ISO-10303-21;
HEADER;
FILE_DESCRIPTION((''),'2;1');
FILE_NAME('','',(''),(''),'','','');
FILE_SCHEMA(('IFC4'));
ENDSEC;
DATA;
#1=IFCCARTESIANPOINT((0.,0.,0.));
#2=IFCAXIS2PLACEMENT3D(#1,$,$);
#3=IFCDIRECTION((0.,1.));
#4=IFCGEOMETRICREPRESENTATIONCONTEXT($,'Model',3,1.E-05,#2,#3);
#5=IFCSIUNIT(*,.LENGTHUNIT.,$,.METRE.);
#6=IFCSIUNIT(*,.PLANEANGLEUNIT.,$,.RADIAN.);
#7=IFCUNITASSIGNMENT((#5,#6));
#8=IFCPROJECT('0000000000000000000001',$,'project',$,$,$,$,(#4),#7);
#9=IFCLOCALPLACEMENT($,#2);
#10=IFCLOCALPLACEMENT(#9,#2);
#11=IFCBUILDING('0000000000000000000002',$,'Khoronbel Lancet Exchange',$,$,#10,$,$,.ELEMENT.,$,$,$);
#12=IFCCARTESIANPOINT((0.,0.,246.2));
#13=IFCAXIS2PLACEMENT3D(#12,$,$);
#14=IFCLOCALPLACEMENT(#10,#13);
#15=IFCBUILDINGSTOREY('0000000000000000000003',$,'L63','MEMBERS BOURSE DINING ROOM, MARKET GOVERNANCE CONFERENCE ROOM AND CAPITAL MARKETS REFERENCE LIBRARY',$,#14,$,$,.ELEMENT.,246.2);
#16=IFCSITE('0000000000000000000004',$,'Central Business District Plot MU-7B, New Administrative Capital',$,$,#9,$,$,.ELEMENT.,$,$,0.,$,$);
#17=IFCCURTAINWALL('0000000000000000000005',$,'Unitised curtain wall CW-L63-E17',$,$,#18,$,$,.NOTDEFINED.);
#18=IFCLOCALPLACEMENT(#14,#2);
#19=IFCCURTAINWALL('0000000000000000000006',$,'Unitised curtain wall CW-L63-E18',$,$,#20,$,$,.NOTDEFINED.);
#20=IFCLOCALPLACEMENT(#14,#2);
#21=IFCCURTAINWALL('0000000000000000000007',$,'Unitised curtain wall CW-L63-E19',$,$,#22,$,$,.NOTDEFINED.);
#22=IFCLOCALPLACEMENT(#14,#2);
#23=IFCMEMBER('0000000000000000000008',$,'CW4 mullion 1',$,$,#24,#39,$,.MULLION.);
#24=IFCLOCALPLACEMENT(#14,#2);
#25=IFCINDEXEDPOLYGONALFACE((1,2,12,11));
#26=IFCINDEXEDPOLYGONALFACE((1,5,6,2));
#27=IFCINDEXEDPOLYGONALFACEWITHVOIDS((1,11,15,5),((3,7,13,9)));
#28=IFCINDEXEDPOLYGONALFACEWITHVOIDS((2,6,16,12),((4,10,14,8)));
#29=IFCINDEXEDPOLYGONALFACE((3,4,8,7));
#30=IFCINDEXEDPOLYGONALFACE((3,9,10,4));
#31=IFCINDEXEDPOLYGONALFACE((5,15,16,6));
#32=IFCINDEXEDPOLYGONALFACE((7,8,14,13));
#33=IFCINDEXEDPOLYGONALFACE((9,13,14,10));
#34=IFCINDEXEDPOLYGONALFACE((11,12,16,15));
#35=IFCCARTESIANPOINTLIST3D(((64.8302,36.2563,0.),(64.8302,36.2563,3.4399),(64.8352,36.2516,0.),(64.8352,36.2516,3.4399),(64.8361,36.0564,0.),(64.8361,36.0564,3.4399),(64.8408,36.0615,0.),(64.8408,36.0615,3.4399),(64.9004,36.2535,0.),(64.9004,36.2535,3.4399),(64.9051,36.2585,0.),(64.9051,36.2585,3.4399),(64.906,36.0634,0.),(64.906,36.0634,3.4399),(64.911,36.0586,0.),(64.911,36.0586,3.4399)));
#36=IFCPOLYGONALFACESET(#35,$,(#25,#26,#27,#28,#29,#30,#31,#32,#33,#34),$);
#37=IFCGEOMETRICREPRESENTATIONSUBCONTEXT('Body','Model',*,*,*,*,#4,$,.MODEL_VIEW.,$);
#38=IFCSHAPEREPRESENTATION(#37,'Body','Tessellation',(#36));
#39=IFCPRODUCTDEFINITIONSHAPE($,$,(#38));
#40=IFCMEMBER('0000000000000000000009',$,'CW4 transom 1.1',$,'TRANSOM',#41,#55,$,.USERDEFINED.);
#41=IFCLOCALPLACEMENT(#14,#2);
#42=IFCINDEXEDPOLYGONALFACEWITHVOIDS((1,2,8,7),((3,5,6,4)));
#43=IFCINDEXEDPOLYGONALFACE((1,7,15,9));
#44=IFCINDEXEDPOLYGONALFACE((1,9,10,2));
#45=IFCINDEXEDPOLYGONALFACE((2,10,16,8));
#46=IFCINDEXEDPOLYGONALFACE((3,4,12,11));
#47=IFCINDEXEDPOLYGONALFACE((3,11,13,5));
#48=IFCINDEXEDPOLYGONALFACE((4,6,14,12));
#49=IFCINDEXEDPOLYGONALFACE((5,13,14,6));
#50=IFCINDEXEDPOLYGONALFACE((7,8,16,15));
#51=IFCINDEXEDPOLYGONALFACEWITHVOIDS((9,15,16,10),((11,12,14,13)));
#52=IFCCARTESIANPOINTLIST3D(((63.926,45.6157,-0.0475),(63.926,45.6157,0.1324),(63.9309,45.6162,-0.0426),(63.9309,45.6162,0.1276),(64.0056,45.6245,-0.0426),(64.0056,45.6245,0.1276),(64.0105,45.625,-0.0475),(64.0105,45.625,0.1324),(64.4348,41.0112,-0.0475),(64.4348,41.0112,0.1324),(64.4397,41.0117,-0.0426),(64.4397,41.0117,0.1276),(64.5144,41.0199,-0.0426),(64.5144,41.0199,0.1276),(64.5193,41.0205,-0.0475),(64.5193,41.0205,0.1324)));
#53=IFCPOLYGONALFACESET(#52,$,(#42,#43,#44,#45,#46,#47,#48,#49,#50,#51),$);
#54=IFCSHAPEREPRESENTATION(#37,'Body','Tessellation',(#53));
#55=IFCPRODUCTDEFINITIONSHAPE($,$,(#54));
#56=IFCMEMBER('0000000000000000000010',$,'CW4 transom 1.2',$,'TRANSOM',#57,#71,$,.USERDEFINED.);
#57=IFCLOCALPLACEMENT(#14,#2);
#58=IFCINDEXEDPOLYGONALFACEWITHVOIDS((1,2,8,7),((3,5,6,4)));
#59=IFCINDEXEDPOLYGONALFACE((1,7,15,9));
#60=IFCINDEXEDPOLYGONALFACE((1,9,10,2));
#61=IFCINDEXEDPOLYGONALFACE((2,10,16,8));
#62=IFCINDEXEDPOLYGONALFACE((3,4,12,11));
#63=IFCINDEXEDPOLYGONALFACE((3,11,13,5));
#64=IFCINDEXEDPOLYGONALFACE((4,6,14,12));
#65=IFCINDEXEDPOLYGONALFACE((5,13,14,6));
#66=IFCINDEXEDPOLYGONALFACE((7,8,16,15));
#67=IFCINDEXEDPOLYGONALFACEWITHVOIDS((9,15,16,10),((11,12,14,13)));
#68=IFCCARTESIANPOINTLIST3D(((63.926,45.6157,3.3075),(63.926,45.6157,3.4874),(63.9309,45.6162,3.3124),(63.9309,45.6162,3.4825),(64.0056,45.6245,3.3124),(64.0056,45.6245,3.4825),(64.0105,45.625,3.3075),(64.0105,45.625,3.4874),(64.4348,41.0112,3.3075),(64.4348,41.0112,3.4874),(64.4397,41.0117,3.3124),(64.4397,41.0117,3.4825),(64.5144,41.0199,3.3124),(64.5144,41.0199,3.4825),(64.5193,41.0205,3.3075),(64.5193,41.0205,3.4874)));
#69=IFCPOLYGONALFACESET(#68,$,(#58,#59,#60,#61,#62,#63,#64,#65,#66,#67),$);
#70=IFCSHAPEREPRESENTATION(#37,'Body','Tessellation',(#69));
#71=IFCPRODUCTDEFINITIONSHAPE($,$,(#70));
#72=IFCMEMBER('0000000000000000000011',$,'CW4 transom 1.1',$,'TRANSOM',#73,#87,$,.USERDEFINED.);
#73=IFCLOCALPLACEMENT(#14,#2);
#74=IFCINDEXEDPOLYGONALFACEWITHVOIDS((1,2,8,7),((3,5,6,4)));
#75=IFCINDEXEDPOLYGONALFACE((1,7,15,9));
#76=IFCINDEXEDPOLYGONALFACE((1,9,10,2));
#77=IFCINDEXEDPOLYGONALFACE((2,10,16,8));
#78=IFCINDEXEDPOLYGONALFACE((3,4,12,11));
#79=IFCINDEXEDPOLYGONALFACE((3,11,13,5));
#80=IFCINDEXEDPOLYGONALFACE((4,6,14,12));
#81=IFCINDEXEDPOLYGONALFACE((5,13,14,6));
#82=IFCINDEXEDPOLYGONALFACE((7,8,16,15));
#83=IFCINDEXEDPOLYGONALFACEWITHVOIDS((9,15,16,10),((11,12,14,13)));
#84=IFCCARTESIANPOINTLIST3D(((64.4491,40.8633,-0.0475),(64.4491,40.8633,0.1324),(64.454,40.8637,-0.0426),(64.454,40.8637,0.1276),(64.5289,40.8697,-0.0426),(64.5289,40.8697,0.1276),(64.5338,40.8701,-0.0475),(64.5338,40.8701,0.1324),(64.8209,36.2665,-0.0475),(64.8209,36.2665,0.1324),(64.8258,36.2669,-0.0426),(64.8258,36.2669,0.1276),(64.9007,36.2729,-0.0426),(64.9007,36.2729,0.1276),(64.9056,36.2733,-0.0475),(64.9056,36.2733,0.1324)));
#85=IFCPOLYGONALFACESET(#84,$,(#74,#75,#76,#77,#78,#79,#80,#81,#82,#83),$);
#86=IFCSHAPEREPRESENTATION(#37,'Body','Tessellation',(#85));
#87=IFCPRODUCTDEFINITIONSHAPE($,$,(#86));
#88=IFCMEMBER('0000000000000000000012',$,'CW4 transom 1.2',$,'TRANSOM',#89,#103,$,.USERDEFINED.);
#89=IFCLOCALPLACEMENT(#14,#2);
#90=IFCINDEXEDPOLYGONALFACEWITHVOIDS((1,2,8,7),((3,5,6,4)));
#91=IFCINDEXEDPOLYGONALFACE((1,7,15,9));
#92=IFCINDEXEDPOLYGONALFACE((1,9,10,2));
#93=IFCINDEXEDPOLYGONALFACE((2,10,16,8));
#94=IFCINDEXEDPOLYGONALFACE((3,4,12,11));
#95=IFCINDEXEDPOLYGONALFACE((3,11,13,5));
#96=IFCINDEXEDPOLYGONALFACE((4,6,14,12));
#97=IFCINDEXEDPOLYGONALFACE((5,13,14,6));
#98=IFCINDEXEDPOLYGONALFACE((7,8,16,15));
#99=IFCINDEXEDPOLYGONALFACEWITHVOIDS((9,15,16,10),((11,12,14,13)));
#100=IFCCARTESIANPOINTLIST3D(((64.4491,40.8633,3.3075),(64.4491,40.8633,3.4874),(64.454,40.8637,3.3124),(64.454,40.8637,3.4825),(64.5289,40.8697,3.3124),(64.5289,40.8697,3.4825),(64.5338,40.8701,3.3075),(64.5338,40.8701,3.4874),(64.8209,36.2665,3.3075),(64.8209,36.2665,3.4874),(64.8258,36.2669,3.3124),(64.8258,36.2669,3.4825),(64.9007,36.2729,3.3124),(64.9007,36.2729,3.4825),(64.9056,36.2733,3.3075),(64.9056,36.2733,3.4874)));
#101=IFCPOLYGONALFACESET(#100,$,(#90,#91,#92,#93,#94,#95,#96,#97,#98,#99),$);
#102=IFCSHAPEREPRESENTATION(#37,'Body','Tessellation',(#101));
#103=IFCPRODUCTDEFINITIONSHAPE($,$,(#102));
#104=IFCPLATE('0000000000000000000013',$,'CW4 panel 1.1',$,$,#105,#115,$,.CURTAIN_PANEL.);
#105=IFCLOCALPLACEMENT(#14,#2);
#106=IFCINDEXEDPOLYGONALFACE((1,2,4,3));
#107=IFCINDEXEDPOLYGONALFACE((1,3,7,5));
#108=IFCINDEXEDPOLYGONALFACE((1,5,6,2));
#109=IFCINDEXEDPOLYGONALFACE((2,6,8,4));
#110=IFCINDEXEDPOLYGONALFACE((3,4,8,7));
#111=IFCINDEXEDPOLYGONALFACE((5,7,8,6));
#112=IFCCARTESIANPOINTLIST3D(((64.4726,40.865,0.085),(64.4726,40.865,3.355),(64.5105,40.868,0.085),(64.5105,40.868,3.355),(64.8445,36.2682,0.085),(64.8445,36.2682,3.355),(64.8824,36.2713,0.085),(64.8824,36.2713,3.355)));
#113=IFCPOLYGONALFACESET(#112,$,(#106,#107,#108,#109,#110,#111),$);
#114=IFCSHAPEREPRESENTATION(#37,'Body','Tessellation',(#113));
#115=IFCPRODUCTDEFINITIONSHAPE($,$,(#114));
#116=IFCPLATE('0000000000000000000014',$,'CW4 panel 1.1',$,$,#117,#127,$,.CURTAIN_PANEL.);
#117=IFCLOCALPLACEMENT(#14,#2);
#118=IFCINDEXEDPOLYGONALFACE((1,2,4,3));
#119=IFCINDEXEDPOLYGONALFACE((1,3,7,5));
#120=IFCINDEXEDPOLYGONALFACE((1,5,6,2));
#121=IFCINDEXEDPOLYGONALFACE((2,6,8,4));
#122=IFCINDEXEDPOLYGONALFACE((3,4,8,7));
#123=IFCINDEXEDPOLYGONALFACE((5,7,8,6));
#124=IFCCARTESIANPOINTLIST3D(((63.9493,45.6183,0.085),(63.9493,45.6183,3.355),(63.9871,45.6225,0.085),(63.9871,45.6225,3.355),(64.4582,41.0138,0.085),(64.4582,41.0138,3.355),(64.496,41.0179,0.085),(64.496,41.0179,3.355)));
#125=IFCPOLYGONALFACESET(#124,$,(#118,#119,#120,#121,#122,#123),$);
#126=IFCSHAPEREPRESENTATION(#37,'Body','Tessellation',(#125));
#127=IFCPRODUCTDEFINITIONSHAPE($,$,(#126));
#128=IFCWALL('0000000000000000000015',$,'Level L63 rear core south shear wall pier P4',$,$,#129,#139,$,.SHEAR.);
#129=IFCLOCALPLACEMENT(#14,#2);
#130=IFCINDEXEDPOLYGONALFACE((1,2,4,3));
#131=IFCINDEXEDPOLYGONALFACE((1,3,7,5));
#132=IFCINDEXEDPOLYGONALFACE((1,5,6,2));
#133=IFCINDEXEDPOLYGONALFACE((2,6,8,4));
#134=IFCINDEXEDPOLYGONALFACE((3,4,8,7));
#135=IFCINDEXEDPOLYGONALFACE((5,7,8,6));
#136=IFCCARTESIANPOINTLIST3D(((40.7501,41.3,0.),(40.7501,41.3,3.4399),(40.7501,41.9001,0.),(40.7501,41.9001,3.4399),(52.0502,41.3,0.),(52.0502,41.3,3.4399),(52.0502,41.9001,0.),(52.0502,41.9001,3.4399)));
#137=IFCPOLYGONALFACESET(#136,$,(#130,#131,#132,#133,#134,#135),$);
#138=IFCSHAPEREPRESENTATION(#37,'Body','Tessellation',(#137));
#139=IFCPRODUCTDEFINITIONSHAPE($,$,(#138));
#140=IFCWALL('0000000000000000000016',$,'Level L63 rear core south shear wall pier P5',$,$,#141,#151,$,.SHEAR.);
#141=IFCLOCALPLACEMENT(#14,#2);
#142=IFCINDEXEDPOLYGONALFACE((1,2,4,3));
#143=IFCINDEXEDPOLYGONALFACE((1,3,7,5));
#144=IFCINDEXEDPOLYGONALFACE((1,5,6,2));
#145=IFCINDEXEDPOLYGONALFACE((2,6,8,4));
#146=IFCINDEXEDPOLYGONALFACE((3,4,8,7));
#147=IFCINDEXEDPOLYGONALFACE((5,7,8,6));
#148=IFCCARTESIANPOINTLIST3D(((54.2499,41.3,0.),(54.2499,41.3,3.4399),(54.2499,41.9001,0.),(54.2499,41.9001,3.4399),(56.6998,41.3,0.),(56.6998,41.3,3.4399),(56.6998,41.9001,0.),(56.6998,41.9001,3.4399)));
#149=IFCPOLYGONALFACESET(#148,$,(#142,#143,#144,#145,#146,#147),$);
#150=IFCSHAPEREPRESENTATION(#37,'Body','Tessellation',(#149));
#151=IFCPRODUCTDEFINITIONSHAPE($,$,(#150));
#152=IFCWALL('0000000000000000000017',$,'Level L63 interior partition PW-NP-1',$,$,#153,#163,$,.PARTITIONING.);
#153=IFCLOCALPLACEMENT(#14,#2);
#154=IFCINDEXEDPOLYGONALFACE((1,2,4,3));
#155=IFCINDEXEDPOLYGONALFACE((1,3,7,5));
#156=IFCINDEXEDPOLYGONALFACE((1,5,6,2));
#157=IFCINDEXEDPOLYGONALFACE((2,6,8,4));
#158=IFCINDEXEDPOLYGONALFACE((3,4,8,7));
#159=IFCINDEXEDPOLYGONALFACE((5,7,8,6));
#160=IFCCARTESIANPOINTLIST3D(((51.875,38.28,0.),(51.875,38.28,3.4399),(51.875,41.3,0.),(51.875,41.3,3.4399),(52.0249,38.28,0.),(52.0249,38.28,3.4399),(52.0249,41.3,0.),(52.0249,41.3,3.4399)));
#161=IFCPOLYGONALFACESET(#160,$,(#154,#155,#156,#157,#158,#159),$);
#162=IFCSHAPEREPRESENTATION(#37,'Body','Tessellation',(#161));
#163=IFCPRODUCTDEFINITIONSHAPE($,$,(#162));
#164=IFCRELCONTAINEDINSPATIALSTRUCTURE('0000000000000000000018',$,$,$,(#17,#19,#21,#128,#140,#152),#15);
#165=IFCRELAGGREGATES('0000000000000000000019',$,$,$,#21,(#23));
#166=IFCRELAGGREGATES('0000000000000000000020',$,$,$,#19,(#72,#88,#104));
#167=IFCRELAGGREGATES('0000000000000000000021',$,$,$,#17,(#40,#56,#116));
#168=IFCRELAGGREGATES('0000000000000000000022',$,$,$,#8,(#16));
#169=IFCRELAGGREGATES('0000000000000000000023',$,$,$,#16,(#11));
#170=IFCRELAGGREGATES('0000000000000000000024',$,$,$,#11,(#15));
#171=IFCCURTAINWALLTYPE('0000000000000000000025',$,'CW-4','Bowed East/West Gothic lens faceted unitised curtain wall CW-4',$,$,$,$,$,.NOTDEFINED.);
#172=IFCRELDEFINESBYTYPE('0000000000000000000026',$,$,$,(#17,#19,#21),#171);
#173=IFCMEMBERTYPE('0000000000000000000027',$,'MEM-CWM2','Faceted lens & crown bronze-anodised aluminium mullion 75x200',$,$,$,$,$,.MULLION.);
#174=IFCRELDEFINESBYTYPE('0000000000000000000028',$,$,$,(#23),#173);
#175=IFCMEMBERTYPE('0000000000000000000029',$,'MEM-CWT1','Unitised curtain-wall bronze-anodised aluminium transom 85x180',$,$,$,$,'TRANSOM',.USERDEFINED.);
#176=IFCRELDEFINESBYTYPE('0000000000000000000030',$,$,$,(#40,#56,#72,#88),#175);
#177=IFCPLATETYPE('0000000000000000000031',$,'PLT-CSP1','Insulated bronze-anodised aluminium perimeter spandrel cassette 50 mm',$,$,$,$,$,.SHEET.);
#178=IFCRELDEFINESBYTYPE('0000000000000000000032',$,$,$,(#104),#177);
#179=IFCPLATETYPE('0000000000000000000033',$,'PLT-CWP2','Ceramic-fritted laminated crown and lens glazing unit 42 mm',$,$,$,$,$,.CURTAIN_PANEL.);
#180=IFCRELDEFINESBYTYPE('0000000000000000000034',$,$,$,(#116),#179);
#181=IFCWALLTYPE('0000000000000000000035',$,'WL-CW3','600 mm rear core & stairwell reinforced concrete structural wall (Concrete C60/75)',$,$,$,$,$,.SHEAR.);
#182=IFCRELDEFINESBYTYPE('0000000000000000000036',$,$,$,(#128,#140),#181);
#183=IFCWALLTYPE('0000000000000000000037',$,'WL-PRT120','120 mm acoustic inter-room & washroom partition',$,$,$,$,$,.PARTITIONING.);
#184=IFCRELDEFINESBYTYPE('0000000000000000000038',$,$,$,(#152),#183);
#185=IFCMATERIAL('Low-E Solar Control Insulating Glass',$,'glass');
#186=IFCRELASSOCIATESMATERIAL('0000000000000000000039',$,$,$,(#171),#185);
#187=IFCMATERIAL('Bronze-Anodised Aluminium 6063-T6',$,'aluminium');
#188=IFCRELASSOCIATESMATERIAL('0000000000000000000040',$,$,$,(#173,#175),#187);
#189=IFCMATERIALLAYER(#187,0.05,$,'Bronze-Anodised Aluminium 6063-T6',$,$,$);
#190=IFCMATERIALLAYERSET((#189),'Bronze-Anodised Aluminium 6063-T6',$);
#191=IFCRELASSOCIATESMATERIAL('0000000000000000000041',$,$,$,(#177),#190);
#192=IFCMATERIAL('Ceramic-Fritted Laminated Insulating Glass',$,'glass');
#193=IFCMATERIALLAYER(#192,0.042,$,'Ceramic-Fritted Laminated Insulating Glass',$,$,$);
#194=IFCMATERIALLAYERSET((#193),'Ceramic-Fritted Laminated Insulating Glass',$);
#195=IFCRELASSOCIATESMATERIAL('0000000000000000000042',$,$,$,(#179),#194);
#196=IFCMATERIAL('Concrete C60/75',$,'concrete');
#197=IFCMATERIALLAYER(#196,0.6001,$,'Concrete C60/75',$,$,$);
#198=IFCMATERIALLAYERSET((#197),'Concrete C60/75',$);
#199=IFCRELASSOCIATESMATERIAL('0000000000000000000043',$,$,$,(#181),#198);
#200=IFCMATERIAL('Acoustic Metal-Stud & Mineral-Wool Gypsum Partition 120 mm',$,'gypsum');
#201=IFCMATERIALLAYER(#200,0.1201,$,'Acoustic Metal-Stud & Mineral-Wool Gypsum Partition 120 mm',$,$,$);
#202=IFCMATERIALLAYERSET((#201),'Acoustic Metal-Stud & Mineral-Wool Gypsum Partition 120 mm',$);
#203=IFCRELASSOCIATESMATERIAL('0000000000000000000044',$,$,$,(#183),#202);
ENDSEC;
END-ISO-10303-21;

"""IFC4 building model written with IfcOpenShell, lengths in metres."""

from ifc_helpers import new_model, si_unit, direction, frame, frame_2d, origin, origin_2d, place, context, subcontext, project, spatial, rectangle, hollow_rectangle, extrude, material, layer, layer_set, material_profile, profile_set, type_object, element, aggregate, save


model = new_model("IFC4")

# Units and contexts
model_context = context("Model", 3, precision=1e-05, world=origin(), true_north=direction((0.0, 1.0)))
body_context = subcontext(model_context, "Body", "Model", "MODEL_VIEW")
ifc_project = project(units=[si_unit("LENGTHUNIT", "METRE"), si_unit("PLANEANGLEUNIT", "RADIAN")], contexts=[model_context])

# Site, building, storey
site_placement = place(None, origin())
site = spatial("IfcSite", under=ifc_project, at=site_placement, Name="Central Business District Plot MU-7B, New Administrative Capital", CompositionType="ELEMENT", RefElevation=0.0)
building_placement = place(site_placement, origin())
building = spatial("IfcBuilding", under=site, at=building_placement, Name="Khoronbel Lancet Exchange", CompositionType="ELEMENT")
storey_placement = place(building_placement, frame((0.0, 0.0, 246.2)))
storey = spatial("IfcBuildingStorey", under=building, at=storey_placement, Name="L63", Description="MEMBERS BOURSE DINING ROOM, MARKET GOVERNANCE CONFERENCE ROOM AND CAPITAL MARKETS REFERENCE LIBRARY", CompositionType="ELEMENT", Elevation=246.2)

# Shared definitions
ifc_material_1 = material(Name="Concrete C60/75", Category="concrete")

# Curtain walls
ifc_material_2 = material(Name="Low-E Solar Control Insulating Glass", Category="glass")
curtain_wall_type = type_object("IfcCurtainWallType", Name="CW-4", Description="Bowed East/West Gothic lens faceted unitised curtain wall CW-4", PredefinedType="NOTDEFINED", material=ifc_material_2)
curtain_wall_1_placement = place(storey_placement, origin())
curtain_wall_1 = element("IfcCurtainWall", 1, at=curtain_wall_1_placement, inside=storey, type_object=curtain_wall_type, Name="Unitised curtain wall CW-L63-E17", PredefinedType="NOTDEFINED")
ifc_material_3 = material(Name="Bronze-Anodised Aluminium 6063-T6", Category="aluminium")
ifc_material_profile_1 = material_profile(ifc_material_3, hollow_rectangle(XDim=0.075, YDim=0.2, WallThickness=0.0049, at=origin_2d()), Name="ALU MULLION 75x200")
ifc_profile_set_1 = profile_set([ifc_material_profile_1], Name="Bronze-Anodised Aluminium 6063-T6")
member_type_1 = type_object("IfcMemberType", Name="MEM-CWM2", Description="Faceted lens & crown bronze-anodised aluminium mullion 75x200", PredefinedType="MULLION", material=ifc_profile_set_1)
curtain_wall_2_placement = place(storey_placement, origin())
curtain_wall_2 = element("IfcCurtainWall", 2, at=curtain_wall_2_placement, inside=storey, type_object=curtain_wall_type, Name="Unitised curtain wall CW-L63-E18", PredefinedType="NOTDEFINED")

# Curtain wall, member
curtain_wall_3_placement = place(storey_placement, origin())
curtain_wall_3 = element("IfcCurtainWall", 3, at=curtain_wall_3_placement, inside=storey, type_object=curtain_wall_type, Name="Unitised curtain wall CW-L63-E19", PredefinedType="NOTDEFINED")
member_1_placement = place(storey_placement, frame((64.8706, 36.1575, 0.0), z_axis=(0.0, 0.0, 1.0), x_axis=(0.999561, 0.029618, 0.0)))
member_1 = element("IfcMember", 4, at=member_1_placement, type_object=member_type_1, Name="CW4 mullion 1", PredefinedType="MULLION", context=body_context, shape_type="SweptSolid", body=[
    extrude(hollow_rectangle(XDim=0.075, YDim=0.2, WallThickness=0.0049, at=origin_2d()), origin(), (0.0, 0.0, 1.0), 3.4399),
])
aggregate(curtain_wall_3, [member_1])

# Members
ifc_material_profile_2 = material_profile(ifc_material_3, hollow_rectangle(XDim=0.085, YDim=0.1799, WallThickness=0.0049, at=origin_2d()), Name="ALU TRANSOM 85x180")
ifc_profile_set_2 = profile_set([ifc_material_profile_2], Name="Bronze-Anodised Aluminium 6063-T6")
member_type_2 = type_object("IfcMemberType", Name="MEM-CWT1", Description="Unitised curtain-wall bronze-anodised aluminium transom 85x180", ElementType="TRANSOM", PredefinedType="USERDEFINED", material=ifc_profile_set_2)
member_2_placement = place(storey_placement, frame((63.9683, 45.6204, 0.0425), z_axis=(0.10983, -0.99395, 0.0), x_axis=(0.99395, 0.10983, 0.0)))
member_2 = element("IfcMember", 5, at=member_2_placement, type_object=member_type_2, Name="CW4 transom 1.1", ObjectType="TRANSOM", PredefinedType="USERDEFINED", context=body_context, shape_type="SweptSolid", body=[
    extrude(hollow_rectangle(XDim=0.085, YDim=0.1799, WallThickness=0.0049, at=origin_2d()), origin(), (0.0, 0.0, 1.0), 4.6326),
])
member_3_placement = place(storey_placement, frame((63.9683, 45.6204, 3.3975), z_axis=(0.10983, -0.99395, 0.0), x_axis=(0.99395, 0.10983, 0.0)))
member_3 = element("IfcMember", 6, at=member_3_placement, type_object=member_type_2, Name="CW4 transom 1.2", ObjectType="TRANSOM", PredefinedType="USERDEFINED", context=body_context, shape_type="SweptSolid", body=[
    extrude(hollow_rectangle(XDim=0.085, YDim=0.1799, WallThickness=0.0049, at=origin_2d()), origin(), (0.0, 0.0, 1.0), 4.6326),
])
member_4_placement = place(storey_placement, frame((64.4915, 40.8667, 0.0425), z_axis=(0.080623, -0.996745, 0.0), x_axis=(0.996745, 0.080623, 0.0)))
member_4 = element("IfcMember", 7, at=member_4_placement, type_object=member_type_2, Name="CW4 transom 1.1", ObjectType="TRANSOM", PredefinedType="USERDEFINED", context=body_context, shape_type="SweptSolid", body=[
    extrude(hollow_rectangle(XDim=0.085, YDim=0.1799, WallThickness=0.0049, at=origin_2d()), origin(), (0.0, 0.0, 1.0), 4.6118),
])
member_5_placement = place(storey_placement, frame((64.4915, 40.8667, 3.3975), z_axis=(0.080623, -0.996745, 0.0), x_axis=(0.996745, 0.080623, 0.0)))
member_5 = element("IfcMember", 8, at=member_5_placement, type_object=member_type_2, Name="CW4 transom 1.2", ObjectType="TRANSOM", PredefinedType="USERDEFINED", context=body_context, shape_type="SweptSolid", body=[
    extrude(hollow_rectangle(XDim=0.085, YDim=0.1799, WallThickness=0.0049, at=origin_2d()), origin(), (0.0, 0.0, 1.0), 4.6118),
])

# Plates
ifc_layer_1 = layer(ifc_material_3, 0.05, Name="Bronze-Anodised Aluminium 6063-T6")
ifc_layer_set_1 = layer_set([ifc_layer_1], Name="Bronze-Anodised Aluminium 6063-T6")
plate_type_1 = type_object("IfcPlateType", Name="PLT-CSP1", Description="Insulated bronze-anodised aluminium perimeter spandrel cassette 50 mm", PredefinedType="SHEET", material=ifc_layer_set_1)
plate_1_placement = place(storey_placement, frame((64.6775, 38.5681, 0.085), z_axis=(0.0, 0.0, 1.0), x_axis=(0.08064, -0.996743, 0.0)))
plate_1 = element("IfcPlate", 9, at=plate_1_placement, type_object=plate_type_1, Name="CW4 panel 1.1", PredefinedType="CURTAIN_PANEL", context=body_context, shape_type="SweptSolid", body=[
    extrude(rectangle(XDim=4.6118, YDim=0.0381, at=origin_2d()), origin(), (0.0, 0.0, 1.0), 3.27),
])
aggregate(curtain_wall_2, [member_4, member_5, plate_1])
ifc_material_4 = material(Name="Ceramic-Fritted Laminated Insulating Glass", Category="glass")
ifc_layer_2 = layer(ifc_material_4, 0.042, Name="Ceramic-Fritted Laminated Insulating Glass")
ifc_layer_set_2 = layer_set([ifc_layer_2], Name="Ceramic-Fritted Laminated Insulating Glass")
plate_type_2 = type_object("IfcPlateType", Name="PLT-CWP2", Description="Ceramic-fritted laminated crown and lens glazing unit 42 mm", PredefinedType="CURTAIN_PANEL", material=ifc_layer_set_2)
plate_2_placement = place(storey_placement, frame((64.2227, 43.3181, 0.085), z_axis=(0.0, 0.0, 1.0), x_axis=(0.109858, -0.993947, 0.0)))
plate_2 = element("IfcPlate", 10, at=plate_2_placement, type_object=plate_type_2, Name="CW4 panel 1.1", PredefinedType="CURTAIN_PANEL", context=body_context, shape_type="SweptSolid", body=[
    extrude(rectangle(XDim=4.6326, YDim=0.0381, at=origin_2d()), origin(), (0.0, 0.0, 1.0), 3.27),
])
aggregate(curtain_wall_1, [member_2, member_3, plate_2])

# Walls
ifc_layer_3 = layer(ifc_material_1, 0.6001, Name="Concrete C60/75")
ifc_layer_set_3 = layer_set([ifc_layer_3], Name="Concrete C60/75")
wall_type_1 = type_object("IfcWallType", Name="WL-CW3", Description="600 mm rear core & stairwell reinforced concrete structural wall (Concrete C60/75)", PredefinedType="SHEAR", material=ifc_layer_set_3)
wall_1_placement = place(storey_placement, frame((52.05, 41.6001, 0.0), z_axis=(0.0, 0.0, 1.0), x_axis=(-1.0, 0.0, 0.0)))
element("IfcWall", 11, at=wall_1_placement, inside=storey, type_object=wall_type_1, Name="Level L63 rear core south shear wall pier P4", PredefinedType="SHEAR", context=body_context, shape_type="SweptSolid", body=[
    extrude(rectangle(XDim=11.3, YDim=0.6001, at=frame_2d((5.6499, 0.0))), origin(), (0.0, 0.0, 1.0), 3.4399),
])
wall_2_placement = place(storey_placement, frame((56.7, 41.6001, 0.0), z_axis=(0.0, 0.0, 1.0), x_axis=(-1.0, 0.0, 0.0)))
element("IfcWall", 12, at=wall_2_placement, inside=storey, type_object=wall_type_1, Name="Level L63 rear core south shear wall pier P5", PredefinedType="SHEAR", context=body_context, shape_type="SweptSolid", body=[
    extrude(rectangle(XDim=2.45, YDim=0.6001, at=frame_2d((1.2251, 0.0))), origin(), (0.0, 0.0, 1.0), 3.4399),
])
ifc_material_5 = material(Name="Acoustic Metal-Stud & Mineral-Wool Gypsum Partition 120 mm", Category="gypsum")
ifc_layer_4 = layer(ifc_material_5, 0.1201, Name="Acoustic Metal-Stud & Mineral-Wool Gypsum Partition 120 mm")
ifc_layer_set_4 = layer_set([ifc_layer_4], Name="Acoustic Metal-Stud & Mineral-Wool Gypsum Partition 120 mm")
wall_type_2 = type_object("IfcWallType", Name="WL-PRT120", Description="120 mm acoustic inter-room & washroom partition", PredefinedType="PARTITIONING", material=ifc_layer_set_4)
wall_3_placement = place(storey_placement, frame((51.95, 38.28, 0.0), z_axis=(0.0, 0.0, 1.0), x_axis=(0.0, 1.0, 0.0)))
element("IfcWall", 13, at=wall_3_placement, inside=storey, type_object=wall_type_2, Name="Level L63 interior partition PW-NP-1", PredefinedType="PARTITIONING", context=body_context, shape_type="SweptSolid", body=[
    extrude(rectangle(XDim=3.02, YDim=0.1499, at=frame_2d((1.51, 0.0))), origin(), (0.0, 0.0, 1.0), 3.4399),
])

save(model, "model.ifc")
